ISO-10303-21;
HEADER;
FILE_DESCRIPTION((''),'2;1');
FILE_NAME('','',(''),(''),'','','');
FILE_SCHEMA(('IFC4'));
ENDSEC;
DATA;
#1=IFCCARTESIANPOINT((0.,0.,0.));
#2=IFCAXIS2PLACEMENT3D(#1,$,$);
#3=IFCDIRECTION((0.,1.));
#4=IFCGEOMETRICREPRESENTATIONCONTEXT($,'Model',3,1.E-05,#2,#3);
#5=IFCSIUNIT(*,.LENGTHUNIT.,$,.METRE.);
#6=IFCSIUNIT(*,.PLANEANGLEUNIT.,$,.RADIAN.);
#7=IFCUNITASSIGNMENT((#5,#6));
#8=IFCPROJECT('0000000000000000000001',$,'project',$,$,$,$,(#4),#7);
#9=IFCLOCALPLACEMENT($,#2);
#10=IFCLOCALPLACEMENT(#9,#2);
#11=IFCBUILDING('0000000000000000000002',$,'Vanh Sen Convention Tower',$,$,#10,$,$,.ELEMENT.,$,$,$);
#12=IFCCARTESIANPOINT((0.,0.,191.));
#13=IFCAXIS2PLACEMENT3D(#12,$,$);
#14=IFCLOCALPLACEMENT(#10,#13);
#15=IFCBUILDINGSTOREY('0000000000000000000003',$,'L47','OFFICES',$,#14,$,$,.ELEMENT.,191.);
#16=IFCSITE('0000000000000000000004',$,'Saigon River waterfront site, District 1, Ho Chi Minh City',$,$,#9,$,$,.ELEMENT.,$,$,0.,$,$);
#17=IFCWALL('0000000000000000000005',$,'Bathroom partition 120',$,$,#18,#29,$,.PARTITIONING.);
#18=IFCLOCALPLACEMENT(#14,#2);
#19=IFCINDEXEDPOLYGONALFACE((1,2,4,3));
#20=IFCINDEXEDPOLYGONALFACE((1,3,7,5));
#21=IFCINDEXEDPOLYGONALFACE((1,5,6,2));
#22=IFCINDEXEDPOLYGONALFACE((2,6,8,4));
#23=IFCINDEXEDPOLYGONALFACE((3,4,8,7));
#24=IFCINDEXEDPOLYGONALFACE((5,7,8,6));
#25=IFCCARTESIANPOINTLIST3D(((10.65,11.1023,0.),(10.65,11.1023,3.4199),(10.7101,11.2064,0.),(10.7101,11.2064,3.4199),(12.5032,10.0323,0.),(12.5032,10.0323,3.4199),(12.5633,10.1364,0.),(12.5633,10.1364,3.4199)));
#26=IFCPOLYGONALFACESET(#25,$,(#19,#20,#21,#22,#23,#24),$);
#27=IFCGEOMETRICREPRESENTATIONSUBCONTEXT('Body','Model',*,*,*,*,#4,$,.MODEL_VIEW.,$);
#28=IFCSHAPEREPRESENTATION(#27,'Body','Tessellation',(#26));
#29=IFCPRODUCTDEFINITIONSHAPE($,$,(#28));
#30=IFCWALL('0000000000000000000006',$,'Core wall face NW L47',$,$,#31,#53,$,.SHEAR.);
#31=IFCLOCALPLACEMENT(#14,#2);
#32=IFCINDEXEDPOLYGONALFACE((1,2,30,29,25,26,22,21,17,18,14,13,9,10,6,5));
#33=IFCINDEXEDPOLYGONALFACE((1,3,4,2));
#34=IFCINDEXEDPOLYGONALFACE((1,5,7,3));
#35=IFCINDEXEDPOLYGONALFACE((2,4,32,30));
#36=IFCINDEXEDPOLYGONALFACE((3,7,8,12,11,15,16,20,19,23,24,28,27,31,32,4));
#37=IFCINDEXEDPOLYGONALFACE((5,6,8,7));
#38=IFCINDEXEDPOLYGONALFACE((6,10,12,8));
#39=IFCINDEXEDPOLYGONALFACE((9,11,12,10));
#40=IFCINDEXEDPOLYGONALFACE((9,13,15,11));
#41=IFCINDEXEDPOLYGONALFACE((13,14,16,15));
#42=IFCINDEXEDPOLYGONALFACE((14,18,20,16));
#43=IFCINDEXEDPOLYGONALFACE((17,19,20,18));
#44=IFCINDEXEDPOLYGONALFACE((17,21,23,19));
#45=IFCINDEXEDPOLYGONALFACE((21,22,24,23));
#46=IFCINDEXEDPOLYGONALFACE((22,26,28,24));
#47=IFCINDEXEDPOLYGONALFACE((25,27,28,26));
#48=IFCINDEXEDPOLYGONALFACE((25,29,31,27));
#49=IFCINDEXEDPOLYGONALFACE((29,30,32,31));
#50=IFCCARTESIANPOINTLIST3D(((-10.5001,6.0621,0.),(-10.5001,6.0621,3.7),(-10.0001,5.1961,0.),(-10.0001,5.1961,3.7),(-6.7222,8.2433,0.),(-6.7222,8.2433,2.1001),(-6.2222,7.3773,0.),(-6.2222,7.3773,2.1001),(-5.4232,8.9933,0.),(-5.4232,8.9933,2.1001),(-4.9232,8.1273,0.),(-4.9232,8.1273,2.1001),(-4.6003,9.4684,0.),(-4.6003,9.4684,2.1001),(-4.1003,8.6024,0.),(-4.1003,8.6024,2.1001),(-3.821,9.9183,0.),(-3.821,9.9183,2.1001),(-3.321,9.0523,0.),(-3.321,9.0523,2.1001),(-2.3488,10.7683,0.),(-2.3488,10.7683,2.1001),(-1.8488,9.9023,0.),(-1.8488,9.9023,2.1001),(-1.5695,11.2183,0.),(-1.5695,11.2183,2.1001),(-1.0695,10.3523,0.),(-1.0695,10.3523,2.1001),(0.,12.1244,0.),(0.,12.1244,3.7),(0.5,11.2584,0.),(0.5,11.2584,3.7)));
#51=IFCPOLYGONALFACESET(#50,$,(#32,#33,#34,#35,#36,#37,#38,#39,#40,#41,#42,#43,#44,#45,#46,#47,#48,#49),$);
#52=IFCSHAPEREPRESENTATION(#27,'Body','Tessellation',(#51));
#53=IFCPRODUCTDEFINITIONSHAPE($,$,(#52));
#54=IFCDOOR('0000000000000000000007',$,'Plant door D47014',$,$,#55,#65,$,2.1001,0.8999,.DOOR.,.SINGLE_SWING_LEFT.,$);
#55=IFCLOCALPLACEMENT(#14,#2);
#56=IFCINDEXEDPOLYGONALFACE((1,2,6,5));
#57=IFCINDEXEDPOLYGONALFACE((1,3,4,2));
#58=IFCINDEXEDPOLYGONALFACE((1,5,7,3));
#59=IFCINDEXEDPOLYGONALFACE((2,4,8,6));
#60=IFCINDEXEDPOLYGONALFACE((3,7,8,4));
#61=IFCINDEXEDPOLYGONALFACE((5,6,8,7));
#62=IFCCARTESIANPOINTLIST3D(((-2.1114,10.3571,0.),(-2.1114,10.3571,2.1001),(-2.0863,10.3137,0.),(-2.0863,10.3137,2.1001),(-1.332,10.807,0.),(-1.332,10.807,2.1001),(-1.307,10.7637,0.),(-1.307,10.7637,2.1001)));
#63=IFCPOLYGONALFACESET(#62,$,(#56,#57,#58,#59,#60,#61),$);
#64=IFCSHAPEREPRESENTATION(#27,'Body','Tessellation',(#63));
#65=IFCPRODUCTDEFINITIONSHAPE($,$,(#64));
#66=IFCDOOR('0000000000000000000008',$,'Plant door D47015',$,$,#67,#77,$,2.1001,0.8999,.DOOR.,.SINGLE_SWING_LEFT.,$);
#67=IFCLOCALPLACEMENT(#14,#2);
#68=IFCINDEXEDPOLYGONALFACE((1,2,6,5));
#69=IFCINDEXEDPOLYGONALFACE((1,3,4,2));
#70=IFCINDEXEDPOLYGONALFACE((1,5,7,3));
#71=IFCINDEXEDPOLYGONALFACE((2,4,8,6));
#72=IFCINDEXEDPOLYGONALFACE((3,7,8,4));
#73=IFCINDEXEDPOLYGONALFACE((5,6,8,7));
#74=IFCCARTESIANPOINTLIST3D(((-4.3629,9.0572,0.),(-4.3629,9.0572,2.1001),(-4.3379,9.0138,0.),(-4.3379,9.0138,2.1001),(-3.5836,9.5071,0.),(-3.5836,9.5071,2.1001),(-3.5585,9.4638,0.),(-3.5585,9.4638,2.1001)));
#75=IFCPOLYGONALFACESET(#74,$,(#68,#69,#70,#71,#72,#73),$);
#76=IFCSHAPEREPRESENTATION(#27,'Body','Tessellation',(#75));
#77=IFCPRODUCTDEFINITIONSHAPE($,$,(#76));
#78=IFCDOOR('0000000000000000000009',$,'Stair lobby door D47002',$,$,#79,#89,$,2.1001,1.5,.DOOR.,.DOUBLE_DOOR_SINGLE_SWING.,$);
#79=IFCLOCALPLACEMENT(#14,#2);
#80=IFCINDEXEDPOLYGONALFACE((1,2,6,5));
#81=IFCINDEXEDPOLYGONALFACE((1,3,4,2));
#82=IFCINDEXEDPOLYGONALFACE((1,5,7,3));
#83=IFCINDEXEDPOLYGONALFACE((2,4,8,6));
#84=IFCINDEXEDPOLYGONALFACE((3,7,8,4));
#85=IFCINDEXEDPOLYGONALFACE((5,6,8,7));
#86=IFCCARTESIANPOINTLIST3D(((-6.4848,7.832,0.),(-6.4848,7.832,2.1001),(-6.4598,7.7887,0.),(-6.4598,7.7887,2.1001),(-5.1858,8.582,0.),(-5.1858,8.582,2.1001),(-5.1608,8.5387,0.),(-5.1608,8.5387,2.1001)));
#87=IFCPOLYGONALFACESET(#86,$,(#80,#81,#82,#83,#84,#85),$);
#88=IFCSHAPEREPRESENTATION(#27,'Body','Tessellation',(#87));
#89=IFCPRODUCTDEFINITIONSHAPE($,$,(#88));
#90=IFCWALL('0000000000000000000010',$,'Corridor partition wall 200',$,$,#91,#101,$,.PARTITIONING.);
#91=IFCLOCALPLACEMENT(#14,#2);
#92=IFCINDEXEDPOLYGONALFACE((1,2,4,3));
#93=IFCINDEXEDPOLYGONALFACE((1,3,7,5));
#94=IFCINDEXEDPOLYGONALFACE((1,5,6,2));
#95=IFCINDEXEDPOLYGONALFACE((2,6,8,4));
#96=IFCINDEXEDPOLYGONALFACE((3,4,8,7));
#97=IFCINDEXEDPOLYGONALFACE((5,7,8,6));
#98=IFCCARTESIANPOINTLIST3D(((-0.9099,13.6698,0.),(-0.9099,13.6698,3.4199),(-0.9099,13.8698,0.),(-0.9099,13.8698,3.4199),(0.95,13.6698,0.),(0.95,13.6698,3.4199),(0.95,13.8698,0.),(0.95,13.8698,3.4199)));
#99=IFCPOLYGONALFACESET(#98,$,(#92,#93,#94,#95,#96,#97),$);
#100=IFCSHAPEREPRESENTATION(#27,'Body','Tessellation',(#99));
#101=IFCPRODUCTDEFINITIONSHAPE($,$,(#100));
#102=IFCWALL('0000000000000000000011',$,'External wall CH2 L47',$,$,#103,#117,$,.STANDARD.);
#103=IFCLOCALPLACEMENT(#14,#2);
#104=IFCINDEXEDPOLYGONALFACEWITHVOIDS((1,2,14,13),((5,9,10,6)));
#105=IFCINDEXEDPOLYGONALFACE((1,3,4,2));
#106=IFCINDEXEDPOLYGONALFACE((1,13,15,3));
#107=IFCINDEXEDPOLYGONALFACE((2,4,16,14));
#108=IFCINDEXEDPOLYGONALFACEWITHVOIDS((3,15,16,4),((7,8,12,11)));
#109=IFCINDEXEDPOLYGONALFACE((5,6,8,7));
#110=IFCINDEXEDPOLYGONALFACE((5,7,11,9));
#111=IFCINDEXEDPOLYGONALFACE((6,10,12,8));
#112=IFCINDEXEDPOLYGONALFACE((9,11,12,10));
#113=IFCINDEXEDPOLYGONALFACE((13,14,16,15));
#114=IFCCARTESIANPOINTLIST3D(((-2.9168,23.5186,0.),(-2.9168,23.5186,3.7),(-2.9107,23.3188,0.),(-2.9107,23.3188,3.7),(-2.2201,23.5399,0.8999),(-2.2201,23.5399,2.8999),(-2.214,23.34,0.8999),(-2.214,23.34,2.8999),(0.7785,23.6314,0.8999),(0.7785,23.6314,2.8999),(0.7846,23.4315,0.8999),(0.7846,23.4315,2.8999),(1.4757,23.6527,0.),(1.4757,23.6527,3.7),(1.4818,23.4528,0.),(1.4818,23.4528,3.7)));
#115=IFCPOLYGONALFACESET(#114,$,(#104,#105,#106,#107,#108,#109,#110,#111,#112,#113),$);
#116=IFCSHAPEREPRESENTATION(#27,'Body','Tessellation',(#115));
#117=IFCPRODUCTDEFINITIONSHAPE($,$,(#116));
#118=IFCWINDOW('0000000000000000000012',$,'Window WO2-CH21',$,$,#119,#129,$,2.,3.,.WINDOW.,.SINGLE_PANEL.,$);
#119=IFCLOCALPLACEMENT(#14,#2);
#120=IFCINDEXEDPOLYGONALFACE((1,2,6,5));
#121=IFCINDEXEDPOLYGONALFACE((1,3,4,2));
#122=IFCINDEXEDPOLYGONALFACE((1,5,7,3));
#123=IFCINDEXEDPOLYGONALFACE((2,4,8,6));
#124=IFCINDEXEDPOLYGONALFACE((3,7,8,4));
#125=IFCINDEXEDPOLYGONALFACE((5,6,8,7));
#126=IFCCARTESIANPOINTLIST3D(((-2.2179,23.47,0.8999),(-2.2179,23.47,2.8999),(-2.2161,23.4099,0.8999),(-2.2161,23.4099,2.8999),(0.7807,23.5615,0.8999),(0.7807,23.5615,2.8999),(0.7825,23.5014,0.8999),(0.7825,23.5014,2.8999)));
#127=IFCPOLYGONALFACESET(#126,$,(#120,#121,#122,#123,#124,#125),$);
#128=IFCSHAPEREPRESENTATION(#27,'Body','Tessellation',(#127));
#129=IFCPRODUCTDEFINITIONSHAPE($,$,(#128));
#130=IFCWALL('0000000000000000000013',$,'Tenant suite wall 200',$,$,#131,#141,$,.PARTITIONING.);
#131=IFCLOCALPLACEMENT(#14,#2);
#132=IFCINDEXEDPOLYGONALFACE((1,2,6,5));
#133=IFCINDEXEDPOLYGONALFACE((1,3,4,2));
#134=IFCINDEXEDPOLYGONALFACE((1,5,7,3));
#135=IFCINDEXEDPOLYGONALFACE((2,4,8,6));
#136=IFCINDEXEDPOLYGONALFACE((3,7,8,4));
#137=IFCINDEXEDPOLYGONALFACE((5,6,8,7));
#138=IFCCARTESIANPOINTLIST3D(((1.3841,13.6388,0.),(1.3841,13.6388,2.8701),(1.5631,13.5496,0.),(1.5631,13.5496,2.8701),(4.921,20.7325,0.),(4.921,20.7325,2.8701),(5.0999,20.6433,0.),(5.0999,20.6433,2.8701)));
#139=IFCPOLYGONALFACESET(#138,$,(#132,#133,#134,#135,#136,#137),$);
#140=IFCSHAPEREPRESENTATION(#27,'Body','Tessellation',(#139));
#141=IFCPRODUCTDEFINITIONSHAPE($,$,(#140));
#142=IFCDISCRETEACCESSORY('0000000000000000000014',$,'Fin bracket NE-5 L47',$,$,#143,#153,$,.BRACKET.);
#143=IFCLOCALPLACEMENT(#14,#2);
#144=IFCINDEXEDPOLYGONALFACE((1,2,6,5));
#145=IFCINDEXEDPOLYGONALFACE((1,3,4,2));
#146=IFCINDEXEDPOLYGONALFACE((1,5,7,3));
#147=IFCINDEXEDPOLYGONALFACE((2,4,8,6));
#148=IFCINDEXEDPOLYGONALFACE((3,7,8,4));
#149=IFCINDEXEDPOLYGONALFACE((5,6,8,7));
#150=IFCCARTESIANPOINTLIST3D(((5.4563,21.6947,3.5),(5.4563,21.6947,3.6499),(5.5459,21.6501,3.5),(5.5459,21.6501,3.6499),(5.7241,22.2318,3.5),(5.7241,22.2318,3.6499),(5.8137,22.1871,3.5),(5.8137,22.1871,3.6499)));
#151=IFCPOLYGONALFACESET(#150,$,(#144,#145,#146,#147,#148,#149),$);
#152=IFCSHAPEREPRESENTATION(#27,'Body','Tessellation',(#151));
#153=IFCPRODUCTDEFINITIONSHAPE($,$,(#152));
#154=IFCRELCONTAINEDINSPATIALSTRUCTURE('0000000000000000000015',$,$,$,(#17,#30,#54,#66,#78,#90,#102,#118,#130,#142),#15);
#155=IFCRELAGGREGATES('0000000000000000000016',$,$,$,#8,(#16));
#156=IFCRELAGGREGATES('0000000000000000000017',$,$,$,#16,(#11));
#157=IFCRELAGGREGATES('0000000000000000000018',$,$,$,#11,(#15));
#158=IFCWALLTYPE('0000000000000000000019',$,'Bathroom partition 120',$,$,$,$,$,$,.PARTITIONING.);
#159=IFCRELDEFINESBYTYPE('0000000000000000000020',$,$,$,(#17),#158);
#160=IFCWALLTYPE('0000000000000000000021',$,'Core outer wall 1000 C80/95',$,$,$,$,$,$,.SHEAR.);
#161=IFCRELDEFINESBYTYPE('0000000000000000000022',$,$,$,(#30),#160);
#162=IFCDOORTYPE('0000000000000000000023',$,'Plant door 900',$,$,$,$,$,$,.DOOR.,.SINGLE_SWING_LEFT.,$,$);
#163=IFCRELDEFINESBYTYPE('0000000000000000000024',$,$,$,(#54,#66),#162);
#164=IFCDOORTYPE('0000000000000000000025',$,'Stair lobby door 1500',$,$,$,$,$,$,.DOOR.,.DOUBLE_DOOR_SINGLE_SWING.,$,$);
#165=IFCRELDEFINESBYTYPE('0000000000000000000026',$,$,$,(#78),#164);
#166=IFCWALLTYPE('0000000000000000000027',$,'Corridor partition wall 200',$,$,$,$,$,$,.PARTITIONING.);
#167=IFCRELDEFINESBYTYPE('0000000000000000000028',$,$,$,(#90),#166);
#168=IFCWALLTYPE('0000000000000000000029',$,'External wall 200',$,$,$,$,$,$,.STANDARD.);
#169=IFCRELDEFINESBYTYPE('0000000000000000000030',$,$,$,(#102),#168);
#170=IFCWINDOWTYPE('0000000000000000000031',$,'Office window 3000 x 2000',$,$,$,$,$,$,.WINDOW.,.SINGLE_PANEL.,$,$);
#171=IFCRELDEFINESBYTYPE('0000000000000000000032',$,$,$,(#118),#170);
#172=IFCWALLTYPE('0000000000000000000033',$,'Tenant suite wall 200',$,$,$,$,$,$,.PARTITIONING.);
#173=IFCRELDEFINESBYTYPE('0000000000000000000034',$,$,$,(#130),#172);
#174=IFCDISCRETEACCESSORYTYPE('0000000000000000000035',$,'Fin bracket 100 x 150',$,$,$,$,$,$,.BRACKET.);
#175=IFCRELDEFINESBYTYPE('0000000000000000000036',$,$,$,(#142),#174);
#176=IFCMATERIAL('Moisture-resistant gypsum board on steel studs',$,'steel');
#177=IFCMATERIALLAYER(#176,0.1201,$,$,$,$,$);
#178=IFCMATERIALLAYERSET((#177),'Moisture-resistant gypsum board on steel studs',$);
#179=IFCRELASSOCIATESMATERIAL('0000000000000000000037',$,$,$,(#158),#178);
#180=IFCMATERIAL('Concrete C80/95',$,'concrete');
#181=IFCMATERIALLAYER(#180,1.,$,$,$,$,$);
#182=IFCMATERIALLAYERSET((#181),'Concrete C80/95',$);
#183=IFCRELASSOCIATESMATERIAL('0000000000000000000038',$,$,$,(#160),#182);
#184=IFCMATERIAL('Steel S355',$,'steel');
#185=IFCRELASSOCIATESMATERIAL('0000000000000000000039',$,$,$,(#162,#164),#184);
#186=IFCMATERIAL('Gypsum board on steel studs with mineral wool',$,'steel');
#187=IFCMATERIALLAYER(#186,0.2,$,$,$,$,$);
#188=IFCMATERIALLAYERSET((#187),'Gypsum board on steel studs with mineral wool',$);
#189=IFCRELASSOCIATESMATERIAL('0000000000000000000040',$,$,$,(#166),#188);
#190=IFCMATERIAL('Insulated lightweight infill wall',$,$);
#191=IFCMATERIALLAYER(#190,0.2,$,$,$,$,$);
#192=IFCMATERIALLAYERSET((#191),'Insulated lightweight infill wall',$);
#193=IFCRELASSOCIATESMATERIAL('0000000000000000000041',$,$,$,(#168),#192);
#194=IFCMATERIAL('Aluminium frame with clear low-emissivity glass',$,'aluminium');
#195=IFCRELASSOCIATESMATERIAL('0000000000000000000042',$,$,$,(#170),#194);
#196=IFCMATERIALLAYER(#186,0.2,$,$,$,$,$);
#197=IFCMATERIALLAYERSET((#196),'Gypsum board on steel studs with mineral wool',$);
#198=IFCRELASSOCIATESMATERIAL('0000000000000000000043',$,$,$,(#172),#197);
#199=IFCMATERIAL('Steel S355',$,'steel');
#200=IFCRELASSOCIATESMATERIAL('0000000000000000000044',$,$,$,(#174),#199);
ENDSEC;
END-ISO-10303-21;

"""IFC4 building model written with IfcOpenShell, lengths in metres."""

from ifc_helpers import new_model, si_unit, direction, frame, frame_2d, origin, origin_2d, place, context, subcontext, project, spatial, rectangle, extrude, material, layer, layer_set, type_object, element, fill, save


model = new_model("IFC4")

# Units and contexts
model_context = context("Model", 3, precision=1e-05, world=origin(), true_north=direction((0.0, 1.0)))
body_context = subcontext(model_context, "Body", "Model", "MODEL_VIEW")
ifc_project = project(units=[si_unit("LENGTHUNIT", "METRE"), si_unit("PLANEANGLEUNIT", "RADIAN")], contexts=[model_context])

# Site, building, storey
site_placement = place(None, origin())
site = spatial("IfcSite", under=ifc_project, at=site_placement, Name="Saigon River waterfront site, District 1, Ho Chi Minh City", CompositionType="ELEMENT", RefElevation=0.0)
building_placement = place(site_placement, origin())
building = spatial("IfcBuilding", under=site, at=building_placement, Name="Vanh Sen Convention Tower", CompositionType="ELEMENT")
storey_placement = place(building_placement, frame((0.0, 0.0, 191.0)))
storey = spatial("IfcBuildingStorey", under=building, at=storey_placement, Name="L47", Description="OFFICES", CompositionType="ELEMENT", Elevation=191.0)

# Shared definitions
ifc_material_1 = material(Name="Concrete C80/95", Category="concrete")

# Wall
ifc_material_2 = material(Name="Moisture-resistant gypsum board on steel studs", Category="steel")
ifc_layer_1 = layer(ifc_material_2, 0.1201)
ifc_layer_set_1 = layer_set([ifc_layer_1], Name="Moisture-resistant gypsum board on steel studs")
wall_type_1 = type_object("IfcWallType", Name="Bathroom partition 120", PredefinedType="PARTITIONING", material=ifc_layer_set_1)
wall_1_placement = place(storey_placement, frame((10.6802, 11.1543, 0.0), z_axis=(0.0, 0.0, 1.0), x_axis=(0.866009, -0.500029, 0.0)))
element("IfcWall", 1, at=wall_1_placement, inside=storey, type_object=wall_type_1, Name="Bathroom partition 120", PredefinedType="PARTITIONING", context=body_context, shape_type="SweptSolid", body=[
    extrude(rectangle(XDim=2.1399, YDim=0.1201, at=frame_2d((1.0698, 0.0))), origin(), (0.0, 0.0, 1.0), 3.4199),
])

# Wall, openings, doors
ifc_layer_2 = layer(ifc_material_1, 1.0)
ifc_layer_set_2 = layer_set([ifc_layer_2], Name="Concrete C80/95")
wall_type_2 = type_object("IfcWallType", Name="Core outer wall 1000 C80/95", PredefinedType="SHEAR", material=ifc_layer_set_2)
wall_2_placement = place(storey_placement, frame((0.25, 11.6914, 0.0), z_axis=(0.0, 0.0, 1.0), x_axis=(-0.866023, -0.500005, 0.0)))
wall_2 = element("IfcWall", 2, at=wall_2_placement, inside=storey, type_object=wall_type_2, Name="Core wall face NW L47", PredefinedType="SHEAR", context=body_context, shape_type="SweptSolid", body=[
    extrude(rectangle(XDim=12.1245, YDim=1.0, at=frame_2d((6.0623, 0.0))), origin(), (0.0, 0.0, 1.0), 3.7),
])
opening_1_placement = place(wall_2_placement, frame((6.2622, 0.0, 0.0)))
opening_1 = element("IfcOpeningElement", 3, at=opening_1_placement, cuts=wall_2, PredefinedType="OPENING", context=body_context, shape_type="SweptSolid", body=[
    extrude(rectangle(XDim=1.5, YDim=2.1001, at=frame_2d((0.75, 1.05))), frame((0.0, 0.51, 0.0), z_axis=(0.0, -1.0, 0.0), x_axis=(1.0, 0.0, 0.0)), (0.0, 0.0, 1.0), 1.02),
])
opening_2_placement = place(wall_2_placement, frame((1.8123, 0.0, 0.0)))
opening_2 = element("IfcOpeningElement", 4, at=opening_2_placement, cuts=wall_2, PredefinedType="OPENING", context=body_context, shape_type="SweptSolid", body=[
    extrude(rectangle(XDim=0.8999, YDim=2.1001, at=frame_2d((0.45, 1.05))), frame((0.0, 0.51, 0.0), z_axis=(0.0, -1.0, 0.0), x_axis=(1.0, 0.0, 0.0)), (0.0, 0.0, 1.0), 1.02),
])
opening_3_placement = place(wall_2_placement, frame((4.4121, 0.0, 0.0)))
opening_3 = element("IfcOpeningElement", 5, at=opening_3_placement, cuts=wall_2, PredefinedType="OPENING", context=body_context, shape_type="SweptSolid", body=[
    extrude(rectangle(XDim=0.8999, YDim=2.1001, at=frame_2d((0.45, 1.05))), frame((0.0, 0.51, 0.0), z_axis=(0.0, -1.0, 0.0), x_axis=(1.0, 0.0, 0.0)), (0.0, 0.0, 1.0), 1.02),
])
ifc_material_3 = material(Name="Steel S355", Category="steel")
door_type_1 = type_object("IfcDoorType", Name="Plant door 900", OperationType="SINGLE_SWING_LEFT", PredefinedType="DOOR", material=ifc_material_3)
door_1_placement = place(opening_2_placement, origin())
door_1 = element("IfcDoor", 6, at=door_1_placement, inside=storey, type_object=door_type_1, Name="Plant door D47014", OperationType="SINGLE_SWING_LEFT", OverallHeight=2.1001, OverallWidth=0.8999, PredefinedType="DOOR", context=body_context, shape_type="SweptSolid", body=[
    extrude(rectangle(XDim=0.8999, YDim=2.1001, at=frame_2d((0.45, 1.05))), frame((0.0, 0.0249, 0.0), z_axis=(0.0, -1.0, 0.0), x_axis=(1.0, 0.0, 0.0)), (0.0, 0.0, 1.0), 0.05),
])
fill(opening_2, door_1)
door_2_placement = place(opening_3_placement, origin())
door_2 = element("IfcDoor", 7, at=door_2_placement, inside=storey, type_object=door_type_1, Name="Plant door D47015", OperationType="SINGLE_SWING_LEFT", OverallHeight=2.1001, OverallWidth=0.8999, PredefinedType="DOOR", context=body_context, shape_type="SweptSolid", body=[
    extrude(rectangle(XDim=0.8999, YDim=2.1001, at=frame_2d((0.45, 1.05))), frame((0.0, 0.0249, 0.0), z_axis=(0.0, -1.0, 0.0), x_axis=(1.0, 0.0, 0.0)), (0.0, 0.0, 1.0), 0.05),
])
fill(opening_3, door_2)
door_type_2 = type_object("IfcDoorType", Name="Stair lobby door 1500", OperationType="DOUBLE_DOOR_SINGLE_SWING", PredefinedType="DOOR", material=ifc_material_3)
door_3_placement = place(opening_1_placement, origin())
door_3 = element("IfcDoor", 8, at=door_3_placement, inside=storey, type_object=door_type_2, Name="Stair lobby door D47002", OperationType="DOUBLE_DOOR_SINGLE_SWING", OverallHeight=2.1001, OverallWidth=1.5, PredefinedType="DOOR", context=body_context, shape_type="SweptSolid", body=[
    extrude(rectangle(XDim=1.5, YDim=2.1001, at=frame_2d((0.75, 1.05))), frame((0.0, 0.0249, 0.0), z_axis=(0.0, -1.0, 0.0), x_axis=(1.0, 0.0, 0.0)), (0.0, 0.0, 1.0), 0.05),
])
fill(opening_1, door_3)

# Wall
ifc_material_4 = material(Name="Gypsum board on steel studs with mineral wool", Category="steel")
ifc_layer_3 = layer(ifc_material_4, 0.2)
ifc_layer_set_3 = layer_set([ifc_layer_3], Name="Gypsum board on steel studs with mineral wool")
wall_type_3 = type_object("IfcWallType", Name="Corridor partition wall 200", PredefinedType="PARTITIONING", material=ifc_layer_set_3)
wall_3_placement = place(storey_placement, frame((0.95, 13.7698, 0.0), z_axis=(0.0, 0.0, 1.0), x_axis=(-1.0, 0.0, 0.0)))
element("IfcWall", 9, at=wall_3_placement, inside=storey, type_object=wall_type_3, Name="Corridor partition wall 200", PredefinedType="PARTITIONING", context=body_context, shape_type="SweptSolid", body=[
    extrude(rectangle(XDim=1.8599, YDim=0.2, at=frame_2d((0.9299, 0.0))), origin(), (0.0, 0.0, 1.0), 3.4199),
])

# Wall, opening, window
ifc_material_5 = material(Name="Insulated lightweight infill wall")
ifc_layer_4 = layer(ifc_material_5, 0.2)
ifc_layer_set_4 = layer_set([ifc_layer_4], Name="Insulated lightweight infill wall")
wall_type_4 = type_object("IfcWallType", Name="External wall 200", PredefinedType="STANDARD", material=ifc_layer_set_4)
wall_4_placement = place(storey_placement, frame((1.4788, 23.5527, 0.0), z_axis=(0.0, 0.0, 1.0), x_axis=(-0.999535, -0.030499, 0.0)))
wall_4 = element("IfcWall", 10, at=wall_4_placement, inside=storey, type_object=wall_type_4, Name="External wall CH2 L47", PredefinedType="STANDARD", context=body_context, shape_type="SweptSolid", body=[
    extrude(rectangle(XDim=4.3945, YDim=0.2, at=frame_2d((2.1973, 0.0))), origin(), (0.0, 0.0, 1.0), 3.7),
])
opening_4_placement = place(wall_4_placement, frame((0.6975, 0.0, 0.8999)))
opening_4 = element("IfcOpeningElement", 11, at=opening_4_placement, cuts=wall_4, PredefinedType="OPENING", context=body_context, shape_type="SweptSolid", body=[
    extrude(rectangle(XDim=3.0, YDim=2.0, at=frame_2d((1.5, 1.0))), frame((0.0, 0.1099, 0.0), z_axis=(0.0, -1.0, 0.0), x_axis=(1.0, 0.0, 0.0)), (0.0, 0.0, 1.0), 0.22),
])
ifc_material_6 = material(Name="Aluminium frame with clear low-emissivity glass", Category="aluminium")
window_type = type_object("IfcWindowType", Name="Office window 3000 x 2000", PartitioningType="SINGLE_PANEL", PredefinedType="WINDOW", material=ifc_material_6)
window_placement = place(opening_4_placement, origin())
window = element("IfcWindow", 12, at=window_placement, inside=storey, type_object=window_type, Name="Window WO2-CH21", OverallHeight=2.0, OverallWidth=3.0, PartitioningType="SINGLE_PANEL", PredefinedType="WINDOW", context=body_context, shape_type="SweptSolid", body=[
    extrude(rectangle(XDim=3.0, YDim=2.0, at=frame_2d((1.5, 1.0))), frame((0.0, 0.03, 0.0), z_axis=(0.0, -1.0, 0.0), x_axis=(1.0, 0.0, 0.0)), (0.0, 0.0, 1.0), 0.0601),
])
fill(opening_4, window)

# Wall
ifc_layer_5 = layer(ifc_material_4, 0.2)
ifc_layer_set_5 = layer_set([ifc_layer_5], Name="Gypsum board on steel studs with mineral wool")
wall_type_5 = type_object("IfcWallType", Name="Tenant suite wall 200", PredefinedType="PARTITIONING", material=ifc_layer_set_5)
wall_5_placement = place(storey_placement, frame((5.0105, 20.688, 0.0), z_axis=(0.0, 0.0, 1.0), x_axis=(-0.446203, -0.894932, 0.0)))
element("IfcWall", 13, at=wall_5_placement, inside=storey, type_object=wall_type_5, Name="Tenant suite wall 200", PredefinedType="PARTITIONING", context=body_context, shape_type="SweptSolid", body=[
    extrude(rectangle(XDim=7.9265, YDim=0.2, at=frame_2d((3.9634, 0.0))), origin(), (0.0, 0.0, 1.0), 2.8701),
])

# Discrete accessory
ifc_material_7 = material(Name="Steel S355", Category="steel")
discrete_accessory_type = type_object("IfcDiscreteAccessoryType", Name="Fin bracket 100 x 150", PredefinedType="BRACKET", material=ifc_material_7)
discrete_accessory_placement = place(storey_placement, frame((5.635, 21.9409, 3.5), z_axis=(0.0, 0.0, 1.0), x_axis=(0.446198, 0.894934, 0.0)))
element("IfcDiscreteAccessory", 14, at=discrete_accessory_placement, inside=storey, type_object=discrete_accessory_type, Name="Fin bracket NE-5 L47", PredefinedType="BRACKET", context=body_context, shape_type="SweptSolid", body=[
    extrude(rectangle(XDim=0.6001, YDim=0.1001, at=origin_2d()), origin(), (0.0, 0.0, 1.0), 0.1499),
])

save(model, "model.ifc")
